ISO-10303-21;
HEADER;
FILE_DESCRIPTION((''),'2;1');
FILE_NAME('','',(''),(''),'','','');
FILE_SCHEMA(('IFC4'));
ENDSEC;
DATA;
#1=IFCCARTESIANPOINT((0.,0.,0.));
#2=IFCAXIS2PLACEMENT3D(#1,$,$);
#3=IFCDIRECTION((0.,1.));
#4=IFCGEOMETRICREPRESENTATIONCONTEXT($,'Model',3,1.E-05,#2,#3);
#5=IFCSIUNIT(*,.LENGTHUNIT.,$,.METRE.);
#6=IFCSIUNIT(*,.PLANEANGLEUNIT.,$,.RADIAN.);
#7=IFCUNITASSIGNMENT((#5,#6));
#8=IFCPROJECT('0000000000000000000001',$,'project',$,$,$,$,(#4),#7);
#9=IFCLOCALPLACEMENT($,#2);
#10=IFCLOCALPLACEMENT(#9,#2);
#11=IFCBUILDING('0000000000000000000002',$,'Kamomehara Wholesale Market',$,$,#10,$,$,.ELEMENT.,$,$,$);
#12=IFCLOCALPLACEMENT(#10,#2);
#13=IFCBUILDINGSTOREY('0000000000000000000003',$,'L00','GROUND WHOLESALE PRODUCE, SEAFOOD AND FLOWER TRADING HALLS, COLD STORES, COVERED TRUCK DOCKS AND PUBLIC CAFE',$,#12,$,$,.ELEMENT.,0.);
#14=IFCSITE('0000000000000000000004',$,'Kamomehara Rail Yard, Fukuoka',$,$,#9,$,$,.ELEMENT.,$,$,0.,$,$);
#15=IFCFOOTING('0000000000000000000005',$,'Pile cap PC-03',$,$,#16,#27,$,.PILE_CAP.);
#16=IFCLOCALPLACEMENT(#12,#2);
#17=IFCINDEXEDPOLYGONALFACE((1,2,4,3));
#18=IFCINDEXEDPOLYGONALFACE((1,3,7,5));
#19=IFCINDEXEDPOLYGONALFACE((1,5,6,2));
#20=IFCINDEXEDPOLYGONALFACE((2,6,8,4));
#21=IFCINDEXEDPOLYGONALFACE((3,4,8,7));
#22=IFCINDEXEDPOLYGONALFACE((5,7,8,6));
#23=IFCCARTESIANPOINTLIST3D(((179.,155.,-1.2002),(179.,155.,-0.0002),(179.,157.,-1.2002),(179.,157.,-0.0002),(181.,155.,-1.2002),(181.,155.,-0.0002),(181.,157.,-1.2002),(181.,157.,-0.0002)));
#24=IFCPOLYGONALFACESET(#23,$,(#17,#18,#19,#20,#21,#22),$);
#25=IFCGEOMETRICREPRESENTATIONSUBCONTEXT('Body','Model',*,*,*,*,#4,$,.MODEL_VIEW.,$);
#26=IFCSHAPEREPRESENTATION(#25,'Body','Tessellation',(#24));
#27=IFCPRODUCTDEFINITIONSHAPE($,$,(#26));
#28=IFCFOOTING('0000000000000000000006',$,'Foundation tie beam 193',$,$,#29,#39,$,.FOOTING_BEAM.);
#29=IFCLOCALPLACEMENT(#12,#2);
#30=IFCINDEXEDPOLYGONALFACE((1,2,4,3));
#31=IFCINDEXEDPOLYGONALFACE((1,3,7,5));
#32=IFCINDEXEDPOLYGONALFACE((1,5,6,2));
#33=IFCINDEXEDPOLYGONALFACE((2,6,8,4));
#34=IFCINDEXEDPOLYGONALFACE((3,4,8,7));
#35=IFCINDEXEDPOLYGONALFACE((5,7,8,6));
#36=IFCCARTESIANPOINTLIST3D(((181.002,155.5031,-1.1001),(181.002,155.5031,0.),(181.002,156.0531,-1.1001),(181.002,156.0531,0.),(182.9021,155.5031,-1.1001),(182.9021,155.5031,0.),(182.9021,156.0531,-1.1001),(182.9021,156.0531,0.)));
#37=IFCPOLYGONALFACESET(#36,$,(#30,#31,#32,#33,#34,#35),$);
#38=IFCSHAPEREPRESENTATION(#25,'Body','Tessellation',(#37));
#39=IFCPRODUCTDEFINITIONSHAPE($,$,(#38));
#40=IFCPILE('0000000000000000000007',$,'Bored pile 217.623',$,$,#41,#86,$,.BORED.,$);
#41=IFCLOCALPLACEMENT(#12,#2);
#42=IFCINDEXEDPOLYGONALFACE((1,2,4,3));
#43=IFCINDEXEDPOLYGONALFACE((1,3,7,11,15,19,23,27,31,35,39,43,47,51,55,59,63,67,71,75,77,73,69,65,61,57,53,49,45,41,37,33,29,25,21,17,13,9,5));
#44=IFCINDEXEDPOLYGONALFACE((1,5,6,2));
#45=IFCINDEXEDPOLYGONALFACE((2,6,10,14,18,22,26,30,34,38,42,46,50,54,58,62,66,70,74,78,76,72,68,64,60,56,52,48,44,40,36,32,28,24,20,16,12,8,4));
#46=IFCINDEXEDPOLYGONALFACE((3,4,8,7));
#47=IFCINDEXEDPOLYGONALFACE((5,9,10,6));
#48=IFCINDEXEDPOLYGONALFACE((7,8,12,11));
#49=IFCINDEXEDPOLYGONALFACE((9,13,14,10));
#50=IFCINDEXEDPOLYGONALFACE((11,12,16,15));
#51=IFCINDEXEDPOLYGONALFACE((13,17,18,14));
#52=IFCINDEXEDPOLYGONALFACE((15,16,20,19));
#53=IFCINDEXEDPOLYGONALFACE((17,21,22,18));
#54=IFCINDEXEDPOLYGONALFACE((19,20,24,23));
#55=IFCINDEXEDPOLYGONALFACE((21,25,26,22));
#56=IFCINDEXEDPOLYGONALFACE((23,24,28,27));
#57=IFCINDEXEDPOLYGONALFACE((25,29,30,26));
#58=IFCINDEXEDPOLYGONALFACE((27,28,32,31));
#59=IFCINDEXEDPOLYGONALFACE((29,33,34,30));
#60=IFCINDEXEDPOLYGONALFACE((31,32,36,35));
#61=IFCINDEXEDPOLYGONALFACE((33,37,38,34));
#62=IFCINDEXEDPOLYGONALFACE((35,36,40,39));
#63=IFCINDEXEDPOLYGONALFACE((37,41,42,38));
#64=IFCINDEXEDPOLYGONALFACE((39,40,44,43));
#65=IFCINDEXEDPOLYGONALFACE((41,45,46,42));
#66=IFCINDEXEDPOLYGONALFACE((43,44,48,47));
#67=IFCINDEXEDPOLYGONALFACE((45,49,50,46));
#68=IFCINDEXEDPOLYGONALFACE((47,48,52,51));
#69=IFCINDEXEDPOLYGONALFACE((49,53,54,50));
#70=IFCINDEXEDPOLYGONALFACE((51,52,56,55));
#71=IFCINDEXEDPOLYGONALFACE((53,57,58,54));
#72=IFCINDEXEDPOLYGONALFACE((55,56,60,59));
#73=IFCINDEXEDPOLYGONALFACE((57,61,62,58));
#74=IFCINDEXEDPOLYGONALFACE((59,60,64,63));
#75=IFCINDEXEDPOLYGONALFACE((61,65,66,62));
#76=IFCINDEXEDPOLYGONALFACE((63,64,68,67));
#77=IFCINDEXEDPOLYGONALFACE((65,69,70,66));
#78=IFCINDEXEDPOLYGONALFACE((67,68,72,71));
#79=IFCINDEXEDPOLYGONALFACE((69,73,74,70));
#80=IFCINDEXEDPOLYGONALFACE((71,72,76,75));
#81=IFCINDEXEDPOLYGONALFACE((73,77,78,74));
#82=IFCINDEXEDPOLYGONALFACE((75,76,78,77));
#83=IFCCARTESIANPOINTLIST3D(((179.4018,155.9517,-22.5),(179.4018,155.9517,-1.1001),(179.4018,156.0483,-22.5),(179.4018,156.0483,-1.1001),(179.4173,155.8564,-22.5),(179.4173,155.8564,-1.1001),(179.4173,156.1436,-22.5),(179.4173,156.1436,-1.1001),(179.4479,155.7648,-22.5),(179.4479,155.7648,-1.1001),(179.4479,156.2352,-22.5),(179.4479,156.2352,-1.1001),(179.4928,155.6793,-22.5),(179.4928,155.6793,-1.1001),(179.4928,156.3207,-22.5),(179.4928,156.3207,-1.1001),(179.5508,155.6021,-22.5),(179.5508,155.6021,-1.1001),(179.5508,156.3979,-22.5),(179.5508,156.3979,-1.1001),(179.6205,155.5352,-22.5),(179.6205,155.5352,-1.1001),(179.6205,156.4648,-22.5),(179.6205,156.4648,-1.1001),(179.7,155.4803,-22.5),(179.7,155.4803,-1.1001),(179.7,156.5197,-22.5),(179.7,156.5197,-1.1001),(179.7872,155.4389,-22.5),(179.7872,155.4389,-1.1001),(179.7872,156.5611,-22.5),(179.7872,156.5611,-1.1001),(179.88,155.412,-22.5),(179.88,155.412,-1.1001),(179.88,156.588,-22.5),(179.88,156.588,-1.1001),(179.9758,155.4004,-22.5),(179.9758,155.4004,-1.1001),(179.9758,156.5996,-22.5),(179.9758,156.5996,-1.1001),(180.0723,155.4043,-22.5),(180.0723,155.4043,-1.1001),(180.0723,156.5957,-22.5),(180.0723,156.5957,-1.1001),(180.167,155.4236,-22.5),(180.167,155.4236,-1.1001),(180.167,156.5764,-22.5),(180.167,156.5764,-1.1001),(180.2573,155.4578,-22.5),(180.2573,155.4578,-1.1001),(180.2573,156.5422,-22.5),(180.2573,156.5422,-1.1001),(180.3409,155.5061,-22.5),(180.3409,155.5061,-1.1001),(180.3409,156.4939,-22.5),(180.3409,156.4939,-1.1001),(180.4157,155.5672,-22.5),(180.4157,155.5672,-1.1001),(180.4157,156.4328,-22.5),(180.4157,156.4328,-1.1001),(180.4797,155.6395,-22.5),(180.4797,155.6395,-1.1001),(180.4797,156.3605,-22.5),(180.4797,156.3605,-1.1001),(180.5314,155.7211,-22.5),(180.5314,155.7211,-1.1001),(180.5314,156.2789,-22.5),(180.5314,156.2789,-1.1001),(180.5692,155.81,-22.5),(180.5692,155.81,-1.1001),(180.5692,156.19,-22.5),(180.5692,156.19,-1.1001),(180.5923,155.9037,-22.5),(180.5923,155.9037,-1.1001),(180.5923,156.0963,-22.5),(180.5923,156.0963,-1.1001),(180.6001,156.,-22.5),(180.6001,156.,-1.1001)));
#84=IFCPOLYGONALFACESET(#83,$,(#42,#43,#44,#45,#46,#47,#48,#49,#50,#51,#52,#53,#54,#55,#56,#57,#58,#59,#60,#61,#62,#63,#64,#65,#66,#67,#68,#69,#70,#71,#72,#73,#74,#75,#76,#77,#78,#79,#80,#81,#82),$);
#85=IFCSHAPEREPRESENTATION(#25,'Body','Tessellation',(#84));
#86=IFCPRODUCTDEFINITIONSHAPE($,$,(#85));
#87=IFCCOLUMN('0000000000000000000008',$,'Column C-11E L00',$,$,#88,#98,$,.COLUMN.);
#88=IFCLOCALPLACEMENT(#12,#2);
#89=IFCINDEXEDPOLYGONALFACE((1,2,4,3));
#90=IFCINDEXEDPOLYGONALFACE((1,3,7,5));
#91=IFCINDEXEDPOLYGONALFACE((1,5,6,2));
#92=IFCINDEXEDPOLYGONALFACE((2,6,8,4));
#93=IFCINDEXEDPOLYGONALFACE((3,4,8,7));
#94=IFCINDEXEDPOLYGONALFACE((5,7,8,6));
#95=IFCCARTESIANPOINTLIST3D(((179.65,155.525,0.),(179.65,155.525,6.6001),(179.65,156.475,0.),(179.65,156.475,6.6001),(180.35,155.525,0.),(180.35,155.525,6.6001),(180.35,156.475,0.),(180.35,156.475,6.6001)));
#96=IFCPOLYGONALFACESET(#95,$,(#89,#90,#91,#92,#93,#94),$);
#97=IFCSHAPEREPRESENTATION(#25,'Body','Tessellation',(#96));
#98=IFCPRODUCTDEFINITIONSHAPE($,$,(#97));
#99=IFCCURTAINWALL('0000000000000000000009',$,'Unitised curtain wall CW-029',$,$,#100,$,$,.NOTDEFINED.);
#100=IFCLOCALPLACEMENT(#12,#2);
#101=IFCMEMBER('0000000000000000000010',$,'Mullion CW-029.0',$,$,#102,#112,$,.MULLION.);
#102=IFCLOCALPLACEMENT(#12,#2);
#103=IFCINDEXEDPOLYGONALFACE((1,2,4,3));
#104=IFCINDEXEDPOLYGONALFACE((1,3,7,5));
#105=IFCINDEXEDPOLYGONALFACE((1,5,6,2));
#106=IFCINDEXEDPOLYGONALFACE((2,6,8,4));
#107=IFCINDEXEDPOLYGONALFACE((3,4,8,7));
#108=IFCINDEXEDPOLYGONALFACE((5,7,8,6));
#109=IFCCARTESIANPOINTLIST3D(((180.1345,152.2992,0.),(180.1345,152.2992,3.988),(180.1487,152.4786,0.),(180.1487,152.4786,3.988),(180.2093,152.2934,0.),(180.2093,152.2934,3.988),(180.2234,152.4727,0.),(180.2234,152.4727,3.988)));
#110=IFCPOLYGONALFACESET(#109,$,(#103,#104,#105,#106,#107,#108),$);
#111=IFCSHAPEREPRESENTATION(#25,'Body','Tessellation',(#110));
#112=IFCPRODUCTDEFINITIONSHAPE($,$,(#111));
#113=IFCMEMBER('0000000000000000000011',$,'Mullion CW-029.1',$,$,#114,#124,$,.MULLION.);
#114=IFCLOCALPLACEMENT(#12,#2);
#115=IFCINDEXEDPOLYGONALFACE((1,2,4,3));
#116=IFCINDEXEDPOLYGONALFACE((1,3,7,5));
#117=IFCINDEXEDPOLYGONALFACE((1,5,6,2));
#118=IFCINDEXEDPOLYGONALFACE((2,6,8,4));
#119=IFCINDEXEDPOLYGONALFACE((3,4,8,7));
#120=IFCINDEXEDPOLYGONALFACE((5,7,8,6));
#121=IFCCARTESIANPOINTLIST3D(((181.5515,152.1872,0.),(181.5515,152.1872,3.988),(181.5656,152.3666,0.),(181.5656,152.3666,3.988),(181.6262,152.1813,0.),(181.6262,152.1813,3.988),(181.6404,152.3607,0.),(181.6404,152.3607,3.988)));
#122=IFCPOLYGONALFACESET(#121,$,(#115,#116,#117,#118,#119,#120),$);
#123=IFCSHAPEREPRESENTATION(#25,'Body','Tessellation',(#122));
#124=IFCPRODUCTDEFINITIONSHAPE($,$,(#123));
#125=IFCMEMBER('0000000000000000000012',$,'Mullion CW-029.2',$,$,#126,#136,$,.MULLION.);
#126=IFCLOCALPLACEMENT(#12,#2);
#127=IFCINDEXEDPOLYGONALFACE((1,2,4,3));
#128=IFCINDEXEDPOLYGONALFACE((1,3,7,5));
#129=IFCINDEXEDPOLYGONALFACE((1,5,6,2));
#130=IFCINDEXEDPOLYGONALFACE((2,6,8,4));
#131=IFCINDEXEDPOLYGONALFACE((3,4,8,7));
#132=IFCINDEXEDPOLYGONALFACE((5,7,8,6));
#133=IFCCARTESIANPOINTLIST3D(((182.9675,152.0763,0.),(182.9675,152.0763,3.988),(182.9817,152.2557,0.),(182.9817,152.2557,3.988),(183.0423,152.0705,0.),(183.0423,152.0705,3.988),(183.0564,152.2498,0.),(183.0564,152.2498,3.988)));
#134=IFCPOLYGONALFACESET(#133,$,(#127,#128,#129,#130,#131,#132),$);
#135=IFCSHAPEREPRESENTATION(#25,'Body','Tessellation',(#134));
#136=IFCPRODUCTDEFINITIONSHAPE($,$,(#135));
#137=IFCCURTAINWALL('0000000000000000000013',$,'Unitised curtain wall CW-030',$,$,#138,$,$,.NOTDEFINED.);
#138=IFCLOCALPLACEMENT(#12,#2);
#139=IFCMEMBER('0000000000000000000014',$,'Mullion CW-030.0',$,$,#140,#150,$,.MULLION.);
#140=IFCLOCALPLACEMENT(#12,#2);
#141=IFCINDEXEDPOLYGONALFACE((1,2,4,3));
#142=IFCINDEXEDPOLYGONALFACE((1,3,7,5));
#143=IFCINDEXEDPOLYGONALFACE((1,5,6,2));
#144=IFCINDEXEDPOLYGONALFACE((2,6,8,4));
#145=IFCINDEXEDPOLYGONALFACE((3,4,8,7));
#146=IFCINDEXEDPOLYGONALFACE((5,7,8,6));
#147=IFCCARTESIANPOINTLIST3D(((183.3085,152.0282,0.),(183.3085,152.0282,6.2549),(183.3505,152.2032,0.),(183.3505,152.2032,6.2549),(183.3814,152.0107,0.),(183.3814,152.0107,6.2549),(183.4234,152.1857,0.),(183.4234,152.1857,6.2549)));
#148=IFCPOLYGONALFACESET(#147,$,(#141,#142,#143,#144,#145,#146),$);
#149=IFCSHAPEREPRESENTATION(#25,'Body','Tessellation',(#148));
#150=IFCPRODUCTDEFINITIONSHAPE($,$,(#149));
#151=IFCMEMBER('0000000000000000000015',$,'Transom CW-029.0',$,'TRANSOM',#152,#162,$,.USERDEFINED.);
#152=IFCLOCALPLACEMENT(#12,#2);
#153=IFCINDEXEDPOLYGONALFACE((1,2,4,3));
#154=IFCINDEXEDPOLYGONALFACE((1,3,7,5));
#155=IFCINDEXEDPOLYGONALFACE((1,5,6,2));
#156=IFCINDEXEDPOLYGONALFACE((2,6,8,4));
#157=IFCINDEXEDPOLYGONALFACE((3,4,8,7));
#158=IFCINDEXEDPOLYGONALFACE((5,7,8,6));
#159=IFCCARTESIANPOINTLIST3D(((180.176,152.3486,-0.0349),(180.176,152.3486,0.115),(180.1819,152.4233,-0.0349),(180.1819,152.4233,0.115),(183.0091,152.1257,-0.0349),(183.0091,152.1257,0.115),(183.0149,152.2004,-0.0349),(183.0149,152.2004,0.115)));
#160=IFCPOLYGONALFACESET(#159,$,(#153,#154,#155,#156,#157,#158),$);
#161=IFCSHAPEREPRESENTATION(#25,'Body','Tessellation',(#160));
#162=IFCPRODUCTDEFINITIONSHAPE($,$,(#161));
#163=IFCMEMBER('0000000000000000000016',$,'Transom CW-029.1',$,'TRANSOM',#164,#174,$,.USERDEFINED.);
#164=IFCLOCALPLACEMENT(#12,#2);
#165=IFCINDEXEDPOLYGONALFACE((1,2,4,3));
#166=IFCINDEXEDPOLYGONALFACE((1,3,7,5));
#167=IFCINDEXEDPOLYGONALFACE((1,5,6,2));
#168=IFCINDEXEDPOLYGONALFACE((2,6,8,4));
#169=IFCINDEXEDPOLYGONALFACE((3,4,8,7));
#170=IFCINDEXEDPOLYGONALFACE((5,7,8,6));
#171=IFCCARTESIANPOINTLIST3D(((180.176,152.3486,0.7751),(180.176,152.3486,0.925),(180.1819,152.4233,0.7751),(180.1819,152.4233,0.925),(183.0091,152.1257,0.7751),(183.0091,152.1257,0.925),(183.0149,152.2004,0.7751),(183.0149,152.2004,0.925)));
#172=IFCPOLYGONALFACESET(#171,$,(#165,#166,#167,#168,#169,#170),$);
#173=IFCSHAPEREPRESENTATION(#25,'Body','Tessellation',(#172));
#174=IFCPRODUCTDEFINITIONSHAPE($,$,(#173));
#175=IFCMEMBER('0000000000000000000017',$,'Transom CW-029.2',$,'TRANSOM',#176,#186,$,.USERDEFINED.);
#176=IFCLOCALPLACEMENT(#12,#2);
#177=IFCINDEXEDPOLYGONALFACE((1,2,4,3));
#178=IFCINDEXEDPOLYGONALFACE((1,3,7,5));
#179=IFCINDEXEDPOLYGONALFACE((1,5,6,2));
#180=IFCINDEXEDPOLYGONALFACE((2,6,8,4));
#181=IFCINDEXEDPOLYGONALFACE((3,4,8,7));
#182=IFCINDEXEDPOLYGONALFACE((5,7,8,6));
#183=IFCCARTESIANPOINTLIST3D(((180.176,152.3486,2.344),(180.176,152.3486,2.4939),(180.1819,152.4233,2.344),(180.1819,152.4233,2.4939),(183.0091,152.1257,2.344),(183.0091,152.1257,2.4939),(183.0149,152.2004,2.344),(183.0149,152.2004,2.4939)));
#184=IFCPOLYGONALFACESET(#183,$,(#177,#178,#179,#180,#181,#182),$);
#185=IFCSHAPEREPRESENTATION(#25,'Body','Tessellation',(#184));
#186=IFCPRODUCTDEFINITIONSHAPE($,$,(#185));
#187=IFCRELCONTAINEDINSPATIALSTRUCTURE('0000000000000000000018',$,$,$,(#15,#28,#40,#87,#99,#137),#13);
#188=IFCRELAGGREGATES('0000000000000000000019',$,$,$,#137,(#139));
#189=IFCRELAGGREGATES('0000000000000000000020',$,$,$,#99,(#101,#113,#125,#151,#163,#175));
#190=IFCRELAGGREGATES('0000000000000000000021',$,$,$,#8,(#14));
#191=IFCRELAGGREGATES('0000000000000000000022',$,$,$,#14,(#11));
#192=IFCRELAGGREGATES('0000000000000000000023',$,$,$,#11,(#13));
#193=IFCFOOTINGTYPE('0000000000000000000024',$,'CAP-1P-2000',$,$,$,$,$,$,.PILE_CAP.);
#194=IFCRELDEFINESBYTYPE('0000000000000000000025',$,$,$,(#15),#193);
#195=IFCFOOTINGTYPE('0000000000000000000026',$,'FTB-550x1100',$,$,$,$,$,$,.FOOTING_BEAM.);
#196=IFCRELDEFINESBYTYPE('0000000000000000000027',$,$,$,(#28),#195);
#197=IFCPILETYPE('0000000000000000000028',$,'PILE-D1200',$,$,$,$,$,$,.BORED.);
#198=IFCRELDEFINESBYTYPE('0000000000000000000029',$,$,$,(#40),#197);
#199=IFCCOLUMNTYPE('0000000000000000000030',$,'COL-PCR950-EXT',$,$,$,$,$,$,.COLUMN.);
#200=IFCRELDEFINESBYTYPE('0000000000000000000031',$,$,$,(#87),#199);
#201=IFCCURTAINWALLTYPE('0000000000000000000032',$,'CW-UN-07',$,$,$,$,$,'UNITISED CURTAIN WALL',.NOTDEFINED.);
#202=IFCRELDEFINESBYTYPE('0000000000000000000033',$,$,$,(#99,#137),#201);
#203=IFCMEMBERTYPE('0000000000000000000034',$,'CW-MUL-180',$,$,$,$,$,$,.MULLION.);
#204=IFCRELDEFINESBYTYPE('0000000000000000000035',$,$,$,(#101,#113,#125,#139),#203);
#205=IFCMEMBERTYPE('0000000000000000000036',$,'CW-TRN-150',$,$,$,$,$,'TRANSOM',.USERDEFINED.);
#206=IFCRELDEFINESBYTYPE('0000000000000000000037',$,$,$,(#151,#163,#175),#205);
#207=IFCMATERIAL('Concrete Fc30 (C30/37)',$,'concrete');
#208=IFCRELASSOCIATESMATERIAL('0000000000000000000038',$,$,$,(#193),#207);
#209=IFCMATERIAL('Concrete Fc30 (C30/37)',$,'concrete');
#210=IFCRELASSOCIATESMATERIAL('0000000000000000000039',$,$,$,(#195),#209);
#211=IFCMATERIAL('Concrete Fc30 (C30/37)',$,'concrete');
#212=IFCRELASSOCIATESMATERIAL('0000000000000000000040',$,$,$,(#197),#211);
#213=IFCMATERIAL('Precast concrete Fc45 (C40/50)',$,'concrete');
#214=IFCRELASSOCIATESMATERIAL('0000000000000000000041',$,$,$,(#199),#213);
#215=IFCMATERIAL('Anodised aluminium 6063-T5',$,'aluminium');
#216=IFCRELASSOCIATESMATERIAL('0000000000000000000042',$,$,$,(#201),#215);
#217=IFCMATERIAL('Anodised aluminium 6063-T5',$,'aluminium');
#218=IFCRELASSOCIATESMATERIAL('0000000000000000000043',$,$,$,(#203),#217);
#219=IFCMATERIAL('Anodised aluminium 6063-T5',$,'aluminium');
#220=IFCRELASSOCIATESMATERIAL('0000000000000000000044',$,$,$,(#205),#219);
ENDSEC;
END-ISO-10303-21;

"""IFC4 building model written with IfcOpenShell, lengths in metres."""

from ifc_helpers import new_model, si_unit, direction, frame, origin, origin_2d, place, context, subcontext, project, spatial, rectangle, circle, extrude, material, material_profile, profile_set, type_object, element, aggregate, save


model = new_model("IFC4")

# Units and contexts
model_context = context("Model", 3, precision=1e-05, world=origin(), true_north=direction((0.0, 1.0)))
body_context = subcontext(model_context, "Body", "Model", "MODEL_VIEW")
ifc_project = project(units=[si_unit("LENGTHUNIT", "METRE"), si_unit("PLANEANGLEUNIT", "RADIAN")], contexts=[model_context])

# Site, building, storey
site_placement = place(None, origin())
site = spatial("IfcSite", under=ifc_project, at=site_placement, Name="Kamomehara Rail Yard, Fukuoka", CompositionType="ELEMENT", RefElevation=0.0)
building_placement = place(site_placement, origin())
building = spatial("IfcBuilding", under=site, at=building_placement, Name="Kamomehara Wholesale Market", CompositionType="ELEMENT")
storey_placement = place(building_placement, origin())
storey = spatial("IfcBuildingStorey", under=building, at=storey_placement, Name="L00", Description="GROUND WHOLESALE PRODUCE, SEAFOOD AND FLOWER TRADING HALLS, COLD STORES, COVERED TRUCK DOCKS AND PUBLIC CAFE", CompositionType="ELEMENT", Elevation=0.0)

# Footings
ifc_material_1 = material(Name="Concrete Fc30 (C30/37)", Category="concrete")
footing_type_1 = type_object("IfcFootingType", Name="CAP-1P-2000", PredefinedType="PILE_CAP", material=ifc_material_1)
footing_1_placement = place(storey_placement, frame((180.0, 156.0, -1.2002), z_axis=(0.0, 0.0, 1.0), x_axis=(1.0, 0.0, 0.0)))
element("IfcFooting", 1, at=footing_1_placement, inside=storey, type_object=footing_type_1, Name="Pile cap PC-03", PredefinedType="PILE_CAP", context=body_context, shape_type="SweptSolid", body=[
    extrude(rectangle(XDim=2.0, YDim=2.0, at=origin_2d()), origin(), (0.0, 0.0, 1.0), 1.2),
])
ifc_material_2 = material(Name="Concrete Fc30 (C30/37)", Category="concrete")
ifc_material_profile_1 = material_profile(ifc_material_2, rectangle(XDim=0.55, YDim=1.1001, at=origin_2d()), Name="RC-FTB-550x1100")
ifc_profile_set_1 = profile_set([ifc_material_profile_1], Name="Concrete Fc30 (C30/37)")
footing_type_2 = type_object("IfcFootingType", Name="FTB-550x1100", PredefinedType="FOOTING_BEAM", material=ifc_profile_set_1)
footing_2_placement = place(storey_placement, frame((181.002, 155.7781, -0.55), z_axis=(1.0, 0.0, 0.0), x_axis=(0.0, 1.0, 0.0)))
element("IfcFooting", 2, at=footing_2_placement, inside=storey, type_object=footing_type_2, Name="Foundation tie beam 193", PredefinedType="FOOTING_BEAM", context=body_context, shape_type="SweptSolid", body=[
    extrude(rectangle(XDim=0.55, YDim=1.1001, at=origin_2d()), origin(), (0.0, 0.0, 1.0), 1.9001),
])

# Pile
ifc_material_3 = material(Name="Concrete Fc30 (C30/37)", Category="concrete")
ifc_material_profile_2 = material_profile(ifc_material_3, circle(Radius=0.6001, at=origin_2d()), Name="RC-PILE-D1200")
ifc_profile_set_2 = profile_set([ifc_material_profile_2], Name="Concrete Fc30 (C30/37)")
pile_type = type_object("IfcPileType", Name="PILE-D1200", PredefinedType="BORED", material=ifc_profile_set_2)
pile_placement = place(storey_placement, frame((180.0, 156.0, -1.1001), z_axis=(0.0, 0.0, -1.0), x_axis=(1.0, 0.0, 0.0)))
element("IfcPile", 3, at=pile_placement, inside=storey, type_object=pile_type, Name="Bored pile 217.623", PredefinedType="BORED", context=body_context, shape_type="SweptSolid", body=[
    extrude(circle(Radius=0.6001, at=origin_2d()), origin(), (0.0, 0.0, 1.0), 21.3999),
])

# Column
ifc_material_4 = material(Name="Precast concrete Fc45 (C40/50)", Category="concrete")
ifc_material_profile_3 = material_profile(ifc_material_4, rectangle(XDim=0.7, YDim=0.95, at=origin_2d()), Name="PC-COL-700x950")
ifc_profile_set_3 = profile_set([ifc_material_profile_3], Name="Precast concrete Fc45 (C40/50)")
column_type = type_object("IfcColumnType", Name="COL-PCR950-EXT", PredefinedType="COLUMN", material=ifc_profile_set_3)
column_placement = place(storey_placement, frame((180.0, 156.0, 0.0), z_axis=(0.0, 0.0, 1.0), x_axis=(1.0, 0.0, 0.0)))
element("IfcColumn", 4, at=column_placement, inside=storey, type_object=column_type, Name="Column C-11E L00", PredefinedType="COLUMN", context=body_context, shape_type="SweptSolid", body=[
    extrude(rectangle(XDim=0.7, YDim=0.95, at=origin_2d()), origin(), (0.0, 0.0, 1.0), 6.6001),
])

# Curtain wall, members
ifc_material_5 = material(Name="Anodised aluminium 6063-T5", Category="aluminium")
curtain_wall_type = type_object("IfcCurtainWallType", Name="CW-UN-07", ElementType="UNITISED CURTAIN WALL", PredefinedType="NOTDEFINED", material=ifc_material_5)
curtain_wall_1_placement = place(storey_placement, origin())
curtain_wall_1 = element("IfcCurtainWall", 5, at=curtain_wall_1_placement, inside=storey, type_object=curtain_wall_type, Name="Unitised curtain wall CW-029", PredefinedType="NOTDEFINED")
ifc_material_6 = material(Name="Anodised aluminium 6063-T5", Category="aluminium")
ifc_material_profile_4 = material_profile(ifc_material_6, rectangle(XDim=0.075, YDim=0.1799, at=origin_2d()), Name="ALU-MUL-75x180")
ifc_profile_set_4 = profile_set([ifc_material_profile_4], Name="Anodised aluminium 6063-T5")
member_type_1 = type_object("IfcMemberType", Name="CW-MUL-180", PredefinedType="MULLION", material=ifc_profile_set_4)
member_1_placement = place(storey_placement, frame((180.179, 152.386, 0.0), z_axis=(0.0, 0.0, 1.0), x_axis=(0.996916, -0.078473, 0.0)))
member_1 = element("IfcMember", 6, at=member_1_placement, type_object=member_type_1, Name="Mullion CW-029.0", PredefinedType="MULLION", context=body_context, shape_type="SweptSolid", body=[
    extrude(rectangle(XDim=0.075, YDim=0.1799, at=origin_2d()), origin(), (0.0, 0.0, 1.0), 3.988),
])
member_2_placement = place(storey_placement, frame((181.5959, 152.2739, 0.0), z_axis=(0.0, 0.0, 1.0), x_axis=(0.996916, -0.078473, 0.0)))
member_2 = element("IfcMember", 7, at=member_2_placement, type_object=member_type_1, Name="Mullion CW-029.1", PredefinedType="MULLION", context=body_context, shape_type="SweptSolid", body=[
    extrude(rectangle(XDim=0.075, YDim=0.1799, at=origin_2d()), origin(), (0.0, 0.0, 1.0), 3.988),
])
member_3_placement = place(storey_placement, frame((183.012, 152.1631, 0.0), z_axis=(0.0, 0.0, 1.0), x_axis=(0.996916, -0.078473, 0.0)))
member_3 = element("IfcMember", 8, at=member_3_placement, type_object=member_type_1, Name="Mullion CW-029.2", PredefinedType="MULLION", context=body_context, shape_type="SweptSolid", body=[
    extrude(rectangle(XDim=0.075, YDim=0.1799, at=origin_2d()), origin(), (0.0, 0.0, 1.0), 3.988),
])

# Curtain wall, member
curtain_wall_2_placement = place(storey_placement, origin())
curtain_wall_2 = element("IfcCurtainWall", 9, at=curtain_wall_2_placement, inside=storey, type_object=curtain_wall_type, Name="Unitised curtain wall CW-030", PredefinedType="NOTDEFINED")
member_4_placement = place(storey_placement, frame((183.366, 152.1069, 0.0), z_axis=(0.0, 0.0, 1.0), x_axis=(0.972397, -0.233333, 0.0)))
member_4 = element("IfcMember", 10, at=member_4_placement, type_object=member_type_1, Name="Mullion CW-030.0", PredefinedType="MULLION", context=body_context, shape_type="SweptSolid", body=[
    extrude(rectangle(XDim=0.075, YDim=0.1799, at=origin_2d()), origin(), (0.0, 0.0, 1.0), 6.2549),
])

# Members
ifc_material_7 = material(Name="Anodised aluminium 6063-T5", Category="aluminium")
ifc_material_profile_5 = material_profile(ifc_material_7, rectangle(XDim=0.075, YDim=0.1499, at=origin_2d()), Name="ALU-TRN-75x150")
ifc_profile_set_5 = profile_set([ifc_material_profile_5], Name="Anodised aluminium 6063-T5")
member_type_2 = type_object("IfcMemberType", Name="CW-TRN-150", ElementType="TRANSOM", PredefinedType="USERDEFINED", material=ifc_profile_set_5)
member_5_placement = place(storey_placement, frame((180.179, 152.386, 0.04), z_axis=(0.996919, -0.078437, 0.0), x_axis=(0.078437, 0.996919, 0.0)))
member_5 = element("IfcMember", 11, at=member_5_placement, type_object=member_type_2, Name="Transom CW-029.0", ObjectType="TRANSOM", PredefinedType="USERDEFINED", context=body_context, shape_type="SweptSolid", body=[
    extrude(rectangle(XDim=0.075, YDim=0.1499, at=origin_2d()), origin(), (0.0, 0.0, 1.0), 2.8418),
])
member_6_placement = place(storey_placement, frame((180.179, 152.386, 0.8501), z_axis=(0.996919, -0.078437, 0.0), x_axis=(0.078437, 0.996919, 0.0)))
member_6 = element("IfcMember", 12, at=member_6_placement, type_object=member_type_2, Name="Transom CW-029.1", ObjectType="TRANSOM", PredefinedType="USERDEFINED", context=body_context, shape_type="SweptSolid", body=[
    extrude(rectangle(XDim=0.075, YDim=0.1499, at=origin_2d()), origin(), (0.0, 0.0, 1.0), 2.8418),
])
member_7_placement = place(storey_placement, frame((180.179, 152.386, 2.4189), z_axis=(0.996919, -0.078437, 0.0), x_axis=(0.078437, 0.996919, 0.0)))
member_7 = element("IfcMember", 13, at=member_7_placement, type_object=member_type_2, Name="Transom CW-029.2", ObjectType="TRANSOM", PredefinedType="USERDEFINED", context=body_context, shape_type="SweptSolid", body=[
    extrude(rectangle(XDim=0.075, YDim=0.1499, at=origin_2d()), origin(), (0.0, 0.0, 1.0), 2.8418),
])
aggregate(curtain_wall_2, [member_4])

aggregate(curtain_wall_1, [member_1, member_2, member_3, member_5, member_6, member_7])

save(model, "model.ifc")
